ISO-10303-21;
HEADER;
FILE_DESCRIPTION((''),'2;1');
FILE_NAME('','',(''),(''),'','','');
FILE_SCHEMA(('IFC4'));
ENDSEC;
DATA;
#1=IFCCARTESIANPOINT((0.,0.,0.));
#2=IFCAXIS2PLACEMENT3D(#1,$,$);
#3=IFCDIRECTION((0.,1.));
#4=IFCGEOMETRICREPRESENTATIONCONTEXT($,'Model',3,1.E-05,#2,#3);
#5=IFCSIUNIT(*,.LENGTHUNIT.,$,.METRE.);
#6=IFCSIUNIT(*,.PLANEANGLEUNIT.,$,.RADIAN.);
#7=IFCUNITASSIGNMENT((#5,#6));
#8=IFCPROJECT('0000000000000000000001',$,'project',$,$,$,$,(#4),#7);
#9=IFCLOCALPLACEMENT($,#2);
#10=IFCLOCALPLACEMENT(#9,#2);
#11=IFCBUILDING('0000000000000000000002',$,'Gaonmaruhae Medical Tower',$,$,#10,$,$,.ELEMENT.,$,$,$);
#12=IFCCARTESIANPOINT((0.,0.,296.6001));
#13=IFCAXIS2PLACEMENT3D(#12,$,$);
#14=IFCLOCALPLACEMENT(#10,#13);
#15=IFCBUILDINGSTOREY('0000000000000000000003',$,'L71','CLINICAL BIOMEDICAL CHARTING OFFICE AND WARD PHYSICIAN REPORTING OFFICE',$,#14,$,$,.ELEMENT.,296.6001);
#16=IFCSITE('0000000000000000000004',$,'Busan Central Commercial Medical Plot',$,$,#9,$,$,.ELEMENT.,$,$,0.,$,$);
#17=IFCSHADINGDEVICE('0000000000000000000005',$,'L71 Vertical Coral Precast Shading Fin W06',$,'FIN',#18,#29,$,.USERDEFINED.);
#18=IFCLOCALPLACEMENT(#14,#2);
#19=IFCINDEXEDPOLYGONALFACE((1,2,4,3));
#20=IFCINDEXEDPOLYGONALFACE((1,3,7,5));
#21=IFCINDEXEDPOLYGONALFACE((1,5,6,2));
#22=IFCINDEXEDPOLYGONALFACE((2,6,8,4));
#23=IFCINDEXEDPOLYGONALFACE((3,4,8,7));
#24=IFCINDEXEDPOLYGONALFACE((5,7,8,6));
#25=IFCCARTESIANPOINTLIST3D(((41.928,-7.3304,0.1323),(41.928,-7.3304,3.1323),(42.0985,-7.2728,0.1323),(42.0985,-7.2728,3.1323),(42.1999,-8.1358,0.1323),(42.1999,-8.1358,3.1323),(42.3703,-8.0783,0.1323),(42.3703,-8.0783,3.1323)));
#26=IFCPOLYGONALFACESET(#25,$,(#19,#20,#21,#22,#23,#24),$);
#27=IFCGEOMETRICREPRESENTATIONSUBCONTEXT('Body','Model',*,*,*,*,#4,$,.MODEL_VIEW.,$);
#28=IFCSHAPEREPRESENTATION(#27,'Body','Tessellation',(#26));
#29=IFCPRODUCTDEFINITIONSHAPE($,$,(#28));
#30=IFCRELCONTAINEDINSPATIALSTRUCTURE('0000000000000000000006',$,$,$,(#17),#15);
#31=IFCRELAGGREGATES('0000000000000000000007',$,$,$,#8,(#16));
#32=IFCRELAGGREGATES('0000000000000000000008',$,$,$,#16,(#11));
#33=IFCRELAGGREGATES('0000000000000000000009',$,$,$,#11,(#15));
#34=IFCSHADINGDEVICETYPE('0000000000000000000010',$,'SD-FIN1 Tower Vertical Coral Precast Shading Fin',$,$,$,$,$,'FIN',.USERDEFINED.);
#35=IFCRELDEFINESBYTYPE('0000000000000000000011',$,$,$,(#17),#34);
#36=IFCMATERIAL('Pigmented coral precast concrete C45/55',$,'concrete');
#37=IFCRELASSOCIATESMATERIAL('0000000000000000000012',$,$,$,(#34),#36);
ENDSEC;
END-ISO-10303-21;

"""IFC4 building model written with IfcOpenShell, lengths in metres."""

from ifc_helpers import new_model, si_unit, direction, frame, origin, origin_2d, place, context, subcontext, project, spatial, rectangle, extrude, material, type_object, element, save


model = new_model("IFC4")

# Units and contexts
model_context = context("Model", 3, precision=1e-05, world=origin(), true_north=direction((0.0, 1.0)))
body_context = subcontext(model_context, "Body", "Model", "MODEL_VIEW")
ifc_project = project(units=[si_unit("LENGTHUNIT", "METRE"), si_unit("PLANEANGLEUNIT", "RADIAN")], contexts=[model_context])

# Site, building, storey
site_placement = place(None, origin())
site = spatial("IfcSite", under=ifc_project, at=site_placement, Name="Busan Central Commercial Medical Plot", CompositionType="ELEMENT", RefElevation=0.0)
building_placement = place(site_placement, origin())
building = spatial("IfcBuilding", under=site, at=building_placement, Name="Gaonmaruhae Medical Tower", CompositionType="ELEMENT")
storey_placement = place(building_placement, frame((0.0, 0.0, 296.6001)))
storey = spatial("IfcBuildingStorey", under=building, at=storey_placement, Name="L71", Description="CLINICAL BIOMEDICAL CHARTING OFFICE AND WARD PHYSICIAN REPORTING OFFICE", CompositionType="ELEMENT", Elevation=296.6001)

# Shading device
ifc_material_1 = material(Name="Pigmented coral precast concrete C45/55", Category="concrete")
shading_device_type = type_object("IfcShadingDeviceType", Name="SD-FIN1 Tower Vertical Coral Precast Shading Fin", ElementType="FIN", PredefinedType="USERDEFINED", material=ifc_material_1)
for number, where, z_axis, x_axis, name in (
    (1, (42.1492, -7.7043, 0.1323), (0.0, 0.0, 1.0), (-0.94749, -0.319786, 0.0), "L71 Vertical Coral Precast Shading Fin W06"),
):
    element("IfcShadingDevice", number, at=place(storey_placement, frame(where, z_axis=z_axis, x_axis=x_axis)), inside=storey, type_object=shading_device_type, Name=name, ObjectType="FIN", PredefinedType="USERDEFINED", context=body_context, shape_type="SweptSolid", body=[
        extrude(rectangle(XDim=0.1799, YDim=0.8501, at=origin_2d()), origin(), (0.0, 0.0, 1.0), 3.0),
    ])

save(model, "model.ifc")
